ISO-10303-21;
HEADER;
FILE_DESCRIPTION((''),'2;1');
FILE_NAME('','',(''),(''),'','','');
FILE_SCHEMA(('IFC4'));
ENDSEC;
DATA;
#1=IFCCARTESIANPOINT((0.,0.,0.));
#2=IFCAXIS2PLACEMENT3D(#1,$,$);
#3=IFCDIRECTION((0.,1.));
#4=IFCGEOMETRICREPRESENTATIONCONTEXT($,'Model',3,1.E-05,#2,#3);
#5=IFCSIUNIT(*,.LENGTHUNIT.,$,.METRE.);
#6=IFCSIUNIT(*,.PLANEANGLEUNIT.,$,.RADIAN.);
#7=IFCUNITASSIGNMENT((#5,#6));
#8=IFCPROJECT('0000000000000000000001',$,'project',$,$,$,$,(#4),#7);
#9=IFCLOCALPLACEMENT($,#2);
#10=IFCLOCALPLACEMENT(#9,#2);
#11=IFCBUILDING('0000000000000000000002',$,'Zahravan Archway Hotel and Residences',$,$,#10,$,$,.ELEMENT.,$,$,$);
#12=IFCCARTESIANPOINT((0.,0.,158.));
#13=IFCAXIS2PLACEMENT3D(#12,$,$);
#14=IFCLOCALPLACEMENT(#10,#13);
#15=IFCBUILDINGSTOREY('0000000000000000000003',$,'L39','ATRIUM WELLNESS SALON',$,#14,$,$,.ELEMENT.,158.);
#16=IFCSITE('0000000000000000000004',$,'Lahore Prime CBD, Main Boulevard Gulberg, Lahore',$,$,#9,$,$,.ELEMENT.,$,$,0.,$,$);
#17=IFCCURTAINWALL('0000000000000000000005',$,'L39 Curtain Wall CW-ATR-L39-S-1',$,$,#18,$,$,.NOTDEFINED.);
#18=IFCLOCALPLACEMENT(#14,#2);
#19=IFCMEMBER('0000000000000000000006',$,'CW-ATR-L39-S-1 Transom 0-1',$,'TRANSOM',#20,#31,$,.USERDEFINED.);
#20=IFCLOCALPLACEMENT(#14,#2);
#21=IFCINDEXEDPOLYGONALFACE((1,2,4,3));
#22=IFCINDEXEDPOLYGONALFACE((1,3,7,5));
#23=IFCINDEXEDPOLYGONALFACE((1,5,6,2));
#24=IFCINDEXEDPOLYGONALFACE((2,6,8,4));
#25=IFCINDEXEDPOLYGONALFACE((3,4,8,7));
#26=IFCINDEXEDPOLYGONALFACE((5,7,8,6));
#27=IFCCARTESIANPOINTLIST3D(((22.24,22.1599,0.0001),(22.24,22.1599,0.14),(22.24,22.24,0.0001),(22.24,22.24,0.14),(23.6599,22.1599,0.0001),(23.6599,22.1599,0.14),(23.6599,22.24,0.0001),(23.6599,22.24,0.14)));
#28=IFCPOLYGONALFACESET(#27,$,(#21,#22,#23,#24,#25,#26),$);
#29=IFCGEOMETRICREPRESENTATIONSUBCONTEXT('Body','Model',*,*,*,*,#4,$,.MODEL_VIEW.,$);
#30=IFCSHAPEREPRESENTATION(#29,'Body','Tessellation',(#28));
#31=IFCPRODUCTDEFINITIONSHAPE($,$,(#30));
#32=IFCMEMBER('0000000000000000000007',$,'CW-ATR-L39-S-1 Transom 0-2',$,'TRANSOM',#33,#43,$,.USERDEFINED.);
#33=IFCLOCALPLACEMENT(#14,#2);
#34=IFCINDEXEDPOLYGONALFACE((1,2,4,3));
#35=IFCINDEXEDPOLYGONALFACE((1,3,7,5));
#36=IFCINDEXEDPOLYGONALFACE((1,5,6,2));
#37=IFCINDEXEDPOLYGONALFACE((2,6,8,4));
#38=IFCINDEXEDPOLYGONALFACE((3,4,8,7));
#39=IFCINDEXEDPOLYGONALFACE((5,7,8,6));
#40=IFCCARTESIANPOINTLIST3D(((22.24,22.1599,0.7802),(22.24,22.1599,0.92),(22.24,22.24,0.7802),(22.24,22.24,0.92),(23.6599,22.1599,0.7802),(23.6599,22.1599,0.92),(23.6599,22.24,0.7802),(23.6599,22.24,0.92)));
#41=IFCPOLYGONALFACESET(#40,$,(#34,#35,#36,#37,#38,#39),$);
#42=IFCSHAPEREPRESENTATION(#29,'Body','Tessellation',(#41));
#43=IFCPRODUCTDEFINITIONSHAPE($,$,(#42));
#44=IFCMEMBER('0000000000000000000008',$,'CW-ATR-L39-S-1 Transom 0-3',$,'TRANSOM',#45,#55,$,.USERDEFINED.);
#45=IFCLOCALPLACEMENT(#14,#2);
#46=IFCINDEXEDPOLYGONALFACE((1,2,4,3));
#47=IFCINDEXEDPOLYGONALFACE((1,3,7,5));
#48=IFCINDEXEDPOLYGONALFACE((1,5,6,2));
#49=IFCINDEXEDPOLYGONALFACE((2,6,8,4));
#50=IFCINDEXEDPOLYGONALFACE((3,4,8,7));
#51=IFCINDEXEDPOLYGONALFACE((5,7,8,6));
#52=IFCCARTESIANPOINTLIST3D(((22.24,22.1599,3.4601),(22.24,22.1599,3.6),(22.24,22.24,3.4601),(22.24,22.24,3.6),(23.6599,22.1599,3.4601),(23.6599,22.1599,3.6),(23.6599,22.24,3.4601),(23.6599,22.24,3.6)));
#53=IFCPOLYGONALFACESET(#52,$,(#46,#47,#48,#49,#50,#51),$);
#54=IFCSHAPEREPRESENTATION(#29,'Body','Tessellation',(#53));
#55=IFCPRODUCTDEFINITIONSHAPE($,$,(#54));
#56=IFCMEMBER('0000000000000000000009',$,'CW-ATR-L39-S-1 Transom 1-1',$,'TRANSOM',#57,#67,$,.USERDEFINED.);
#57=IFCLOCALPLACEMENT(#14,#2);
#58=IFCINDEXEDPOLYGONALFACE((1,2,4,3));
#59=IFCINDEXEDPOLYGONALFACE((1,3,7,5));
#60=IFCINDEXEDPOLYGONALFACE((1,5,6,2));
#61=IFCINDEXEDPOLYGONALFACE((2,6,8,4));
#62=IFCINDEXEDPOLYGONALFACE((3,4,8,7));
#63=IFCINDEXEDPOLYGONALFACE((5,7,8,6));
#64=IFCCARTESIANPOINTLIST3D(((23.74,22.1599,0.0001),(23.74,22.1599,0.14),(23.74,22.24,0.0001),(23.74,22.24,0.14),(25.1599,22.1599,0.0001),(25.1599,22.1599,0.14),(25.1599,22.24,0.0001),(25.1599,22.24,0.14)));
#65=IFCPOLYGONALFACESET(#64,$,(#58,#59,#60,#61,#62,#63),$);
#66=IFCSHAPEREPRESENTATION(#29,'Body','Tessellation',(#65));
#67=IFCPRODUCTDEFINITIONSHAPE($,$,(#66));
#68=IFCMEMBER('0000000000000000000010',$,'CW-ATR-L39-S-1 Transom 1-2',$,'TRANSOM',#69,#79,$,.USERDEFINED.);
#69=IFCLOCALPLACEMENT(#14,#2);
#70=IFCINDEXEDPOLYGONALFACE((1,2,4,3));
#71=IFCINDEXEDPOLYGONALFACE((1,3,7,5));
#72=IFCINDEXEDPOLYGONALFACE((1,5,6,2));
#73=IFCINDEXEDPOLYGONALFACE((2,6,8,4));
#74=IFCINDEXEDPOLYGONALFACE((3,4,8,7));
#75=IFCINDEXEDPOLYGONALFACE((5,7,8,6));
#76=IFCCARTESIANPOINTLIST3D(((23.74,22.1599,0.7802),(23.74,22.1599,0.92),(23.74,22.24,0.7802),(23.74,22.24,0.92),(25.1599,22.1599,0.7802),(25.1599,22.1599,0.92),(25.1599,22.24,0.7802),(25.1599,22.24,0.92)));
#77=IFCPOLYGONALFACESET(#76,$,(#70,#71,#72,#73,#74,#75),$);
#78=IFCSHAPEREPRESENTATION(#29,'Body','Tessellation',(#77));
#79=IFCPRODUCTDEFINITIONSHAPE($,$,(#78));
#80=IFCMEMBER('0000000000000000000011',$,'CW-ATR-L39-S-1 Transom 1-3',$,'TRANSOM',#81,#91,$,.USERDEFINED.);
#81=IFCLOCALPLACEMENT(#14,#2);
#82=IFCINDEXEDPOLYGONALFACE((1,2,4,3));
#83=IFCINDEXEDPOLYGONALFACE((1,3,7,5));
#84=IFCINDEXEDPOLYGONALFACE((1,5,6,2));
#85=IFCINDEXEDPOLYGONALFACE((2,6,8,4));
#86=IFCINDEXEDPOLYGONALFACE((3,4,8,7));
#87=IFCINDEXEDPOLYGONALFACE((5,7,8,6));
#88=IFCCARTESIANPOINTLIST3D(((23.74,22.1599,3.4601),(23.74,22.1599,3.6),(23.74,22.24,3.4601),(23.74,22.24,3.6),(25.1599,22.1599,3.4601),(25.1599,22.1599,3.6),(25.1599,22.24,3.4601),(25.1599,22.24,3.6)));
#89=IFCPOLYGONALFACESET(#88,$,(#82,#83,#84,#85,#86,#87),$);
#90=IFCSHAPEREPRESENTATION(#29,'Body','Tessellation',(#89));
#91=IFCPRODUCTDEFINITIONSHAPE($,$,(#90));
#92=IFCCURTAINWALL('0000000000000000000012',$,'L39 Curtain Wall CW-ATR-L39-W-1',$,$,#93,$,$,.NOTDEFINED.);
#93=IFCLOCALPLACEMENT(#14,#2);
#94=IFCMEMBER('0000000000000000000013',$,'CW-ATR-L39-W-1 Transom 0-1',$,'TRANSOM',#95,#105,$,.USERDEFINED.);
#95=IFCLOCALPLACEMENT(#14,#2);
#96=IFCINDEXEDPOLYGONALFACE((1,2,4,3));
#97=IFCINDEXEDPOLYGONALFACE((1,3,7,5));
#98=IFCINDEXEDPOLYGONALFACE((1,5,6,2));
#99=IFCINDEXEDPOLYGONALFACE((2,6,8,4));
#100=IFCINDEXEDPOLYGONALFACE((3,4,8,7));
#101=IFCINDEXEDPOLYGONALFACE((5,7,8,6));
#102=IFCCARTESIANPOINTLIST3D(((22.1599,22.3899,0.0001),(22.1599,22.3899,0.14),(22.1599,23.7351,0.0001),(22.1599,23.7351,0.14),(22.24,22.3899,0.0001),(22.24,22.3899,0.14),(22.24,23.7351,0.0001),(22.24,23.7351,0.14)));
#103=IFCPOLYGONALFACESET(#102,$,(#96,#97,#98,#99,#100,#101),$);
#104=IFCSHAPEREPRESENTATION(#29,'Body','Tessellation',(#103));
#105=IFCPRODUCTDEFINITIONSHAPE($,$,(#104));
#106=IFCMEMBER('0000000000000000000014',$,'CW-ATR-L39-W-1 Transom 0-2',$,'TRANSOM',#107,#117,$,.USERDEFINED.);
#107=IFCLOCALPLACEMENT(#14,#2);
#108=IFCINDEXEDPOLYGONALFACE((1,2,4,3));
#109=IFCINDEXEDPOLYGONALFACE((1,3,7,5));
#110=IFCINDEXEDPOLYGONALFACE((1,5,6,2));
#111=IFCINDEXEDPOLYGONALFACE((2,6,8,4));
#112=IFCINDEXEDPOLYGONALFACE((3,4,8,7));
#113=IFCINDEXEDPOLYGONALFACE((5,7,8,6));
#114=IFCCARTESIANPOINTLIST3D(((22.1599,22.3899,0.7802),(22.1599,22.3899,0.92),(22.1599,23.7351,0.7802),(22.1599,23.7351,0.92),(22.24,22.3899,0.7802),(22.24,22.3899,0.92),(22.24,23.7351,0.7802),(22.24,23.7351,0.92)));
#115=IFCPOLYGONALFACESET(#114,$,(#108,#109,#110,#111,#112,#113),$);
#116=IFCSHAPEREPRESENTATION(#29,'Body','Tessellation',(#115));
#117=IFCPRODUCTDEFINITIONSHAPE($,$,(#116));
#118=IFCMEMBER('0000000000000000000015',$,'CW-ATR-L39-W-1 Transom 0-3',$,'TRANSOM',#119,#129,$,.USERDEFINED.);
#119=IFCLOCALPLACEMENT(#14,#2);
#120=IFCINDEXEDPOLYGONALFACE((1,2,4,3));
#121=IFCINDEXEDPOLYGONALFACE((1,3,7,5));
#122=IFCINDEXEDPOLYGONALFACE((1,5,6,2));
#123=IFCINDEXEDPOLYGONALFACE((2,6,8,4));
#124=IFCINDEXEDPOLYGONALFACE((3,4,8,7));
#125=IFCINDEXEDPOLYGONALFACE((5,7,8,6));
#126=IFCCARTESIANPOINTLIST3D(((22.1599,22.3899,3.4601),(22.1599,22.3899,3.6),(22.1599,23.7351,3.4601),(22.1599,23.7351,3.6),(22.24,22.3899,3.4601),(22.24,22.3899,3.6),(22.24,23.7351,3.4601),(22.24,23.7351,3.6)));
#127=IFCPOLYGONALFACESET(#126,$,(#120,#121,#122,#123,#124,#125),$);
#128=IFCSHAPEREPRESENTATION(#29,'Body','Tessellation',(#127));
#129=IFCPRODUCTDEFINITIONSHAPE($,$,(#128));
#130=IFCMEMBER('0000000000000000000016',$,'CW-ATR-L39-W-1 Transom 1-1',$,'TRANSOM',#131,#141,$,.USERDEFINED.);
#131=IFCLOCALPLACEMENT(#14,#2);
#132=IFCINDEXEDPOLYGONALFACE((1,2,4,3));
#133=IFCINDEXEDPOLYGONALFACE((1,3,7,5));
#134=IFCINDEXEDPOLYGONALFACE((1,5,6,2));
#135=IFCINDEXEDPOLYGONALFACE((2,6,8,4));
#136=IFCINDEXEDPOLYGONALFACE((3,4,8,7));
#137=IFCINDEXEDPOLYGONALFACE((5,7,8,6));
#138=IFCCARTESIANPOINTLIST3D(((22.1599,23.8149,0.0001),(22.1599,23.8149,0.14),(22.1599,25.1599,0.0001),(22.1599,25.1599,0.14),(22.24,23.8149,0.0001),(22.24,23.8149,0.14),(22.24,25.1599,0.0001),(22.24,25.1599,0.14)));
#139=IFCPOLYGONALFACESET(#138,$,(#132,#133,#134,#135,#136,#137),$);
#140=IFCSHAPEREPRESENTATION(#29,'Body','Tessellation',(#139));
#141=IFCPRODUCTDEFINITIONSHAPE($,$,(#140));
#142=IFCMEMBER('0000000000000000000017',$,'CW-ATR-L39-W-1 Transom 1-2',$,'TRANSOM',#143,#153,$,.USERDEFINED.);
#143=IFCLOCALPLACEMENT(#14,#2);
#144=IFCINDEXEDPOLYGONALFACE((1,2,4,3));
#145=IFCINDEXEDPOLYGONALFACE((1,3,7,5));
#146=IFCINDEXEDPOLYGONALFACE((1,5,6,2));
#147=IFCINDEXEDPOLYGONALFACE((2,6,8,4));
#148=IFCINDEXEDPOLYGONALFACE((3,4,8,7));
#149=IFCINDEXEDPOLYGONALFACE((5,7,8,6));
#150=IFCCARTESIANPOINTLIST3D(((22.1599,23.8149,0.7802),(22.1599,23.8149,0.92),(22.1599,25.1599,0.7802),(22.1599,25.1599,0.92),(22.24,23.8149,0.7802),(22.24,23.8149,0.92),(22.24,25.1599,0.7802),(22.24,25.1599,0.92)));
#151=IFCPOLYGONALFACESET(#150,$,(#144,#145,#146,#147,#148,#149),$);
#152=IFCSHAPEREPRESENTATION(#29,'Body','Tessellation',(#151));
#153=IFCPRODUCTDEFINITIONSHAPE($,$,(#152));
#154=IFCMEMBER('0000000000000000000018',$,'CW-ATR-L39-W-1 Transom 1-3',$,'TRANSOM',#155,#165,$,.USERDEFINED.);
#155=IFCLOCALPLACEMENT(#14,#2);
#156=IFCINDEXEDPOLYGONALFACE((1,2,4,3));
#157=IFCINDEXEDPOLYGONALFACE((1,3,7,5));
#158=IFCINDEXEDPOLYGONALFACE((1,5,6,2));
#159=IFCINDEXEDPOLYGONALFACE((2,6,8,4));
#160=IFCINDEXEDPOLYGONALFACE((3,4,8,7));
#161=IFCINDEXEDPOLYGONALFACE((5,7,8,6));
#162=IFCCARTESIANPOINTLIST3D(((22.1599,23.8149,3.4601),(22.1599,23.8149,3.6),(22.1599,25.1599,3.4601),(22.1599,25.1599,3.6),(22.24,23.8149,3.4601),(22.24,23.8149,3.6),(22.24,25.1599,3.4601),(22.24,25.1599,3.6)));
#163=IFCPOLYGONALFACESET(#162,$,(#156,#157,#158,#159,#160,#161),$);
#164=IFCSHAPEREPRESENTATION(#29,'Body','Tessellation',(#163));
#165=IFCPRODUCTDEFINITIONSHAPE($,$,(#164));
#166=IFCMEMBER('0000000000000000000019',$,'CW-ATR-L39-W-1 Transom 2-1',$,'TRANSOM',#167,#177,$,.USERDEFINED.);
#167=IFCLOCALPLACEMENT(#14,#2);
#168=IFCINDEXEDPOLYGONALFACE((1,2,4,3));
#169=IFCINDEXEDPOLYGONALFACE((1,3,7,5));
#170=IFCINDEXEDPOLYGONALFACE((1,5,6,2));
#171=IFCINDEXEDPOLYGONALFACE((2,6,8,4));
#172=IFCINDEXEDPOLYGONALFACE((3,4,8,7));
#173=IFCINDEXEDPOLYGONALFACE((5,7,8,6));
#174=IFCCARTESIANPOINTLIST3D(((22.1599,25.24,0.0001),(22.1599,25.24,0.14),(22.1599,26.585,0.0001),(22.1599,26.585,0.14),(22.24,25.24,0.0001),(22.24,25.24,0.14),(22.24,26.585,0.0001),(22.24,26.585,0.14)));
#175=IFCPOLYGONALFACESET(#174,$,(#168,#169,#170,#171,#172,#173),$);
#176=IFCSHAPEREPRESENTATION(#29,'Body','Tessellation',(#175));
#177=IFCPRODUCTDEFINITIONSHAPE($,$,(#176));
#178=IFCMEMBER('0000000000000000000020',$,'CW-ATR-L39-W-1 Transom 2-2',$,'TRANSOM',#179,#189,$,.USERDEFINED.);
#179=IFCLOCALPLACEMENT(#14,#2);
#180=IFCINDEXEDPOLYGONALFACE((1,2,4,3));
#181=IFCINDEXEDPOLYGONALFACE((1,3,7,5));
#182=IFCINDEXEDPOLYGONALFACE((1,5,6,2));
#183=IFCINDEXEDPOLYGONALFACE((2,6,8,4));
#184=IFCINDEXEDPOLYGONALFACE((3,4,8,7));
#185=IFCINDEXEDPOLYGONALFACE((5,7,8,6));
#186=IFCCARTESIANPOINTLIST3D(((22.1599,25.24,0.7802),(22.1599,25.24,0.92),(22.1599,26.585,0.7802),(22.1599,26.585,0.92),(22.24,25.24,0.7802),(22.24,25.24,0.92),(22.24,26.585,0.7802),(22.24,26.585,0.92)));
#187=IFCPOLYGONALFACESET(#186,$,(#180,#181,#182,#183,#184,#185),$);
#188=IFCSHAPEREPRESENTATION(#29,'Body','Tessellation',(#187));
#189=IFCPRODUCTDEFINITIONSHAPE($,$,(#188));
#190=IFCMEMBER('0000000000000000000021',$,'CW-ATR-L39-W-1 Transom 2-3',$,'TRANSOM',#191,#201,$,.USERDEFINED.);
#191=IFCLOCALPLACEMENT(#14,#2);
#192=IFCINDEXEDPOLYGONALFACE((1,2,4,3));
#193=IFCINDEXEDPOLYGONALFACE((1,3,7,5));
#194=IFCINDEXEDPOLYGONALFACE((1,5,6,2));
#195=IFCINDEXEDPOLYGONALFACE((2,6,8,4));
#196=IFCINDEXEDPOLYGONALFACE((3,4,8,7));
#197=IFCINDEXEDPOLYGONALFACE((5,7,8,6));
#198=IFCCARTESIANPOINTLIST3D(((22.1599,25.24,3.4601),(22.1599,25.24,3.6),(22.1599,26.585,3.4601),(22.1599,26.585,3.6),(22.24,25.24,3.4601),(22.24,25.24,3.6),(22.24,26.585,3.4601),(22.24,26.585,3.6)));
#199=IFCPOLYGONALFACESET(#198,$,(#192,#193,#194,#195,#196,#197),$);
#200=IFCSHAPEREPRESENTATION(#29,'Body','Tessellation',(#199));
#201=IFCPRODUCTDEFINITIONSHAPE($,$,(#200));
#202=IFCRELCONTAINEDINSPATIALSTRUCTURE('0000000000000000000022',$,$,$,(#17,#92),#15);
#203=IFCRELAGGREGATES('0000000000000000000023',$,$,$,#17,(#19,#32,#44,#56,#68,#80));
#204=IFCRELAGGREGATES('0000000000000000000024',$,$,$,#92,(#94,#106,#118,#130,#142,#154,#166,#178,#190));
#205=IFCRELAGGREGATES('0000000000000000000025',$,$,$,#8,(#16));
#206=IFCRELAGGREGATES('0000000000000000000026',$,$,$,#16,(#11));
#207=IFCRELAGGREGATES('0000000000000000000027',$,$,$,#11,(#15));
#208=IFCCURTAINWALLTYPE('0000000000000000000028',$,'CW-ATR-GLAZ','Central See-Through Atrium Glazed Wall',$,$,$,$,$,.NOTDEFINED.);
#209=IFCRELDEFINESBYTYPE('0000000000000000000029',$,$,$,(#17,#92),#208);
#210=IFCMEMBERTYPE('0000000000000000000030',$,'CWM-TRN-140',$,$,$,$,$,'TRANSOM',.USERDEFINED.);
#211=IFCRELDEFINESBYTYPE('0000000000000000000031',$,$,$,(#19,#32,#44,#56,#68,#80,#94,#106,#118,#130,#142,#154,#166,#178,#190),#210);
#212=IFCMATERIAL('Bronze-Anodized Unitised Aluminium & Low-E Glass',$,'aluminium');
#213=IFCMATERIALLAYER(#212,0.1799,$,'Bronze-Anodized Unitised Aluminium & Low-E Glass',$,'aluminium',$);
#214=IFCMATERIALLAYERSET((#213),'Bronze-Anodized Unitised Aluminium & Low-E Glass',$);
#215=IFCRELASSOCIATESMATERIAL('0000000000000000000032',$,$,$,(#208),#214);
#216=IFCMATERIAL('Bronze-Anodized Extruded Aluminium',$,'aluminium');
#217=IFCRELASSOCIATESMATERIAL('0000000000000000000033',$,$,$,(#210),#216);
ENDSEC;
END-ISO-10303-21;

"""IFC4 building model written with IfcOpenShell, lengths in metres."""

from ifc_helpers import new_model, si_unit, direction, frame, origin, origin_2d, place, context, subcontext, project, spatial, rectangle, extrude, source, transform, mapped, material, layer, layer_set, material_profile, profile_set, type_object, element, aggregate, save


model = new_model("IFC4")

# Units and contexts
model_context = context("Model", 3, precision=1e-05, world=origin(), true_north=direction((0.0, 1.0)))
body_context = subcontext(model_context, "Body", "Model", "MODEL_VIEW")
ifc_project = project(units=[si_unit("LENGTHUNIT", "METRE"), si_unit("PLANEANGLEUNIT", "RADIAN")], contexts=[model_context])

# Site, building, storey
site_placement = place(None, origin())
site = spatial("IfcSite", under=ifc_project, at=site_placement, Name="Lahore Prime CBD, Main Boulevard Gulberg, Lahore", CompositionType="ELEMENT", RefElevation=0.0)
building_placement = place(site_placement, origin())
building = spatial("IfcBuilding", under=site, at=building_placement, Name="Zahravan Archway Hotel and Residences", CompositionType="ELEMENT")
storey_placement = place(building_placement, frame((0.0, 0.0, 158.0)))
storey = spatial("IfcBuildingStorey", under=building, at=storey_placement, Name="L39", Description="ATRIUM WELLNESS SALON", CompositionType="ELEMENT", Elevation=158.0)

# Curtain walls, members
ifc_material_1 = material(Name="Bronze-Anodized Unitised Aluminium & Low-E Glass", Category="aluminium")
ifc_layer_1 = layer(ifc_material_1, 0.1799, Name="Bronze-Anodized Unitised Aluminium & Low-E Glass", Category="aluminium")
ifc_layer_set_1 = layer_set([ifc_layer_1], Name="Bronze-Anodized Unitised Aluminium & Low-E Glass")
curtain_wall_type = type_object("IfcCurtainWallType", Name="CW-ATR-GLAZ", Description="Central See-Through Atrium Glazed Wall", PredefinedType="NOTDEFINED", material=ifc_layer_set_1)
curtain_wall_1_placement = place(storey_placement, origin())
curtain_wall_1 = element("IfcCurtainWall", 1, at=curtain_wall_1_placement, inside=storey, type_object=curtain_wall_type, Name="L39 Curtain Wall CW-ATR-L39-S-1", PredefinedType="NOTDEFINED")
ifc_material_2 = material(Name="Bronze-Anodized Extruded Aluminium", Category="aluminium")
ifc_material_profile_1 = material_profile(ifc_material_2, rectangle(XDim=0.0801, YDim=0.1399, at=origin_2d()), Name="TRN 80x140", Category="aluminium")
ifc_profile_set_1 = profile_set([ifc_material_profile_1], Name="Bronze-Anodized Extruded Aluminium")
member_type_1 = type_object("IfcMemberType", Name="CWM-TRN-140", ElementType="TRANSOM", PredefinedType="USERDEFINED", material=ifc_profile_set_1)
shared_shape_1 = source(origin(), body_context, "Body", "SweptSolid", [
    extrude(rectangle(XDim=0.0801, YDim=0.1399, at=origin_2d()), origin(), (0.0, 0.0, 1.0), 1.4199),
])
member_1_placement = place(storey_placement, frame((22.24, 22.2, 0.0701), z_axis=(1.0, 0.0, 0.0), x_axis=(0.0, 1.0, 0.0)))
member_1 = element("IfcMember", 2, at=member_1_placement, type_object=member_type_1, Name="CW-ATR-L39-S-1 Transom 0-1", ObjectType="TRANSOM", PredefinedType="USERDEFINED", context=body_context, shape_type="MappedRepresentation", body=[
    mapped(shared_shape_1, transform((0.0, 0.0, 0.0), scale=1.0)),
])
member_2_placement = place(storey_placement, frame((22.24, 22.2, 0.8501), z_axis=(1.0, 0.0, 0.0), x_axis=(0.0, 1.0, 0.0)))
member_2 = element("IfcMember", 3, at=member_2_placement, type_object=member_type_1, Name="CW-ATR-L39-S-1 Transom 0-2", ObjectType="TRANSOM", PredefinedType="USERDEFINED", context=body_context, shape_type="MappedRepresentation", body=[
    mapped(shared_shape_1, transform((0.0, 0.0, 0.0), scale=1.0)),
])
member_3_placement = place(storey_placement, frame((22.24, 22.2, 3.53), z_axis=(1.0, 0.0, 0.0), x_axis=(0.0, 1.0, 0.0)))
member_3 = element("IfcMember", 4, at=member_3_placement, type_object=member_type_1, Name="CW-ATR-L39-S-1 Transom 0-3", ObjectType="TRANSOM", PredefinedType="USERDEFINED", context=body_context, shape_type="MappedRepresentation", body=[
    mapped(shared_shape_1, transform((0.0, 0.0, 0.0), scale=1.0)),
])
member_4_placement = place(storey_placement, frame((23.74, 22.2, 0.0701), z_axis=(1.0, 0.0, 0.0), x_axis=(0.0, 1.0, 0.0)))
member_4 = element("IfcMember", 5, at=member_4_placement, type_object=member_type_1, Name="CW-ATR-L39-S-1 Transom 1-1", ObjectType="TRANSOM", PredefinedType="USERDEFINED", context=body_context, shape_type="MappedRepresentation", body=[
    mapped(shared_shape_1, transform((0.0, 0.0, 0.0), scale=1.0)),
])
member_5_placement = place(storey_placement, frame((23.74, 22.2, 0.8501), z_axis=(1.0, 0.0, 0.0), x_axis=(0.0, 1.0, 0.0)))
member_5 = element("IfcMember", 6, at=member_5_placement, type_object=member_type_1, Name="CW-ATR-L39-S-1 Transom 1-2", ObjectType="TRANSOM", PredefinedType="USERDEFINED", context=body_context, shape_type="MappedRepresentation", body=[
    mapped(shared_shape_1, transform((0.0, 0.0, 0.0), scale=1.0)),
])
member_6_placement = place(storey_placement, frame((23.74, 22.2, 3.53), z_axis=(1.0, 0.0, 0.0), x_axis=(0.0, 1.0, 0.0)))
member_6 = element("IfcMember", 7, at=member_6_placement, type_object=member_type_1, Name="CW-ATR-L39-S-1 Transom 1-3", ObjectType="TRANSOM", PredefinedType="USERDEFINED", context=body_context, shape_type="MappedRepresentation", body=[
    mapped(shared_shape_1, transform((0.0, 0.0, 0.0), scale=1.0)),
])
curtain_wall_2_placement = place(storey_placement, origin())
curtain_wall_2 = element("IfcCurtainWall", 8, at=curtain_wall_2_placement, inside=storey, type_object=curtain_wall_type, Name="L39 Curtain Wall CW-ATR-L39-W-1", PredefinedType="NOTDEFINED")
shared_shape_2 = source(origin(), body_context, "Body", "SweptSolid", [
    extrude(rectangle(XDim=0.0801, YDim=0.1399, at=origin_2d()), origin(), (0.0, 0.0, 1.0), 1.3452),
])
member_7_placement = place(storey_placement, frame((22.2, 22.3899, 0.0701), z_axis=(0.0, 1.0, 0.0), x_axis=(-1.0, 0.0, 0.0)))
member_7 = element("IfcMember", 9, at=member_7_placement, type_object=member_type_1, Name="CW-ATR-L39-W-1 Transom 0-1", ObjectType="TRANSOM", PredefinedType="USERDEFINED", context=body_context, shape_type="MappedRepresentation", body=[
    mapped(shared_shape_2, transform((0.0, 0.0, 0.0), scale=1.0)),
])
member_8_placement = place(storey_placement, frame((22.2, 22.3899, 0.8501), z_axis=(0.0, 1.0, 0.0), x_axis=(-1.0, 0.0, 0.0)))
member_8 = element("IfcMember", 10, at=member_8_placement, type_object=member_type_1, Name="CW-ATR-L39-W-1 Transom 0-2", ObjectType="TRANSOM", PredefinedType="USERDEFINED", context=body_context, shape_type="MappedRepresentation", body=[
    mapped(shared_shape_2, transform((0.0, 0.0, 0.0), scale=1.0)),
])
member_9_placement = place(storey_placement, frame((22.2, 22.3899, 3.53), z_axis=(0.0, 1.0, 0.0), x_axis=(-1.0, 0.0, 0.0)))
member_9 = element("IfcMember", 11, at=member_9_placement, type_object=member_type_1, Name="CW-ATR-L39-W-1 Transom 0-3", ObjectType="TRANSOM", PredefinedType="USERDEFINED", context=body_context, shape_type="MappedRepresentation", body=[
    mapped(shared_shape_2, transform((0.0, 0.0, 0.0), scale=1.0)),
])
shared_shape_3 = source(origin(), body_context, "Body", "SweptSolid", [
    extrude(rectangle(XDim=0.0801, YDim=0.1399, at=origin_2d()), origin(), (0.0, 0.0, 1.0), 1.345),
])
member_10_placement = place(storey_placement, frame((22.2, 23.8149, 0.0701), z_axis=(0.0, 1.0, 0.0), x_axis=(-1.0, 0.0, 0.0)))
member_10 = element("IfcMember", 12, at=member_10_placement, type_object=member_type_1, Name="CW-ATR-L39-W-1 Transom 1-1", ObjectType="TRANSOM", PredefinedType="USERDEFINED", context=body_context, shape_type="MappedRepresentation", body=[
    mapped(shared_shape_3, transform((0.0, 0.0, 0.0), scale=1.0)),
])
member_11_placement = place(storey_placement, frame((22.2, 23.8149, 0.8501), z_axis=(0.0, 1.0, 0.0), x_axis=(-1.0, 0.0, 0.0)))
member_11 = element("IfcMember", 13, at=member_11_placement, type_object=member_type_1, Name="CW-ATR-L39-W-1 Transom 1-2", ObjectType="TRANSOM", PredefinedType="USERDEFINED", context=body_context, shape_type="MappedRepresentation", body=[
    mapped(shared_shape_3, transform((0.0, 0.0, 0.0), scale=1.0)),
])
member_12_placement = place(storey_placement, frame((22.2, 23.8149, 3.53), z_axis=(0.0, 1.0, 0.0), x_axis=(-1.0, 0.0, 0.0)))
member_12 = element("IfcMember", 14, at=member_12_placement, type_object=member_type_1, Name="CW-ATR-L39-W-1 Transom 1-3", ObjectType="TRANSOM", PredefinedType="USERDEFINED", context=body_context, shape_type="MappedRepresentation", body=[
    mapped(shared_shape_3, transform((0.0, 0.0, 0.0), scale=1.0)),
])
member_13_placement = place(storey_placement, frame((22.2, 25.24, 0.0701), z_axis=(0.0, 1.0, 0.0), x_axis=(-1.0, 0.0, 0.0)))
member_13 = element("IfcMember", 15, at=member_13_placement, type_object=member_type_1, Name="CW-ATR-L39-W-1 Transom 2-1", ObjectType="TRANSOM", PredefinedType="USERDEFINED", context=body_context, shape_type="MappedRepresentation", body=[
    mapped(shared_shape_3, transform((0.0, 0.0, 0.0), scale=1.0)),
])
member_14_placement = place(storey_placement, frame((22.2, 25.24, 0.8501), z_axis=(0.0, 1.0, 0.0), x_axis=(-1.0, 0.0, 0.0)))
member_14 = element("IfcMember", 16, at=member_14_placement, type_object=member_type_1, Name="CW-ATR-L39-W-1 Transom 2-2", ObjectType="TRANSOM", PredefinedType="USERDEFINED", context=body_context, shape_type="MappedRepresentation", body=[
    mapped(shared_shape_3, transform((0.0, 0.0, 0.0), scale=1.0)),
])
member_15_placement = place(storey_placement, frame((22.2, 25.24, 3.53), z_axis=(0.0, 1.0, 0.0), x_axis=(-1.0, 0.0, 0.0)))
member_15 = element("IfcMember", 17, at=member_15_placement, type_object=member_type_1, Name="CW-ATR-L39-W-1 Transom 2-3", ObjectType="TRANSOM", PredefinedType="USERDEFINED", context=body_context, shape_type="MappedRepresentation", body=[
    mapped(shared_shape_3, transform((0.0, 0.0, 0.0), scale=1.0)),
])

aggregate(curtain_wall_1, [member_1, member_2, member_3, member_4, member_5, member_6])
aggregate(curtain_wall_2, [member_7, member_8, member_9, member_10, member_11, member_12, member_13, member_14, member_15])

save(model, "model.ifc")
